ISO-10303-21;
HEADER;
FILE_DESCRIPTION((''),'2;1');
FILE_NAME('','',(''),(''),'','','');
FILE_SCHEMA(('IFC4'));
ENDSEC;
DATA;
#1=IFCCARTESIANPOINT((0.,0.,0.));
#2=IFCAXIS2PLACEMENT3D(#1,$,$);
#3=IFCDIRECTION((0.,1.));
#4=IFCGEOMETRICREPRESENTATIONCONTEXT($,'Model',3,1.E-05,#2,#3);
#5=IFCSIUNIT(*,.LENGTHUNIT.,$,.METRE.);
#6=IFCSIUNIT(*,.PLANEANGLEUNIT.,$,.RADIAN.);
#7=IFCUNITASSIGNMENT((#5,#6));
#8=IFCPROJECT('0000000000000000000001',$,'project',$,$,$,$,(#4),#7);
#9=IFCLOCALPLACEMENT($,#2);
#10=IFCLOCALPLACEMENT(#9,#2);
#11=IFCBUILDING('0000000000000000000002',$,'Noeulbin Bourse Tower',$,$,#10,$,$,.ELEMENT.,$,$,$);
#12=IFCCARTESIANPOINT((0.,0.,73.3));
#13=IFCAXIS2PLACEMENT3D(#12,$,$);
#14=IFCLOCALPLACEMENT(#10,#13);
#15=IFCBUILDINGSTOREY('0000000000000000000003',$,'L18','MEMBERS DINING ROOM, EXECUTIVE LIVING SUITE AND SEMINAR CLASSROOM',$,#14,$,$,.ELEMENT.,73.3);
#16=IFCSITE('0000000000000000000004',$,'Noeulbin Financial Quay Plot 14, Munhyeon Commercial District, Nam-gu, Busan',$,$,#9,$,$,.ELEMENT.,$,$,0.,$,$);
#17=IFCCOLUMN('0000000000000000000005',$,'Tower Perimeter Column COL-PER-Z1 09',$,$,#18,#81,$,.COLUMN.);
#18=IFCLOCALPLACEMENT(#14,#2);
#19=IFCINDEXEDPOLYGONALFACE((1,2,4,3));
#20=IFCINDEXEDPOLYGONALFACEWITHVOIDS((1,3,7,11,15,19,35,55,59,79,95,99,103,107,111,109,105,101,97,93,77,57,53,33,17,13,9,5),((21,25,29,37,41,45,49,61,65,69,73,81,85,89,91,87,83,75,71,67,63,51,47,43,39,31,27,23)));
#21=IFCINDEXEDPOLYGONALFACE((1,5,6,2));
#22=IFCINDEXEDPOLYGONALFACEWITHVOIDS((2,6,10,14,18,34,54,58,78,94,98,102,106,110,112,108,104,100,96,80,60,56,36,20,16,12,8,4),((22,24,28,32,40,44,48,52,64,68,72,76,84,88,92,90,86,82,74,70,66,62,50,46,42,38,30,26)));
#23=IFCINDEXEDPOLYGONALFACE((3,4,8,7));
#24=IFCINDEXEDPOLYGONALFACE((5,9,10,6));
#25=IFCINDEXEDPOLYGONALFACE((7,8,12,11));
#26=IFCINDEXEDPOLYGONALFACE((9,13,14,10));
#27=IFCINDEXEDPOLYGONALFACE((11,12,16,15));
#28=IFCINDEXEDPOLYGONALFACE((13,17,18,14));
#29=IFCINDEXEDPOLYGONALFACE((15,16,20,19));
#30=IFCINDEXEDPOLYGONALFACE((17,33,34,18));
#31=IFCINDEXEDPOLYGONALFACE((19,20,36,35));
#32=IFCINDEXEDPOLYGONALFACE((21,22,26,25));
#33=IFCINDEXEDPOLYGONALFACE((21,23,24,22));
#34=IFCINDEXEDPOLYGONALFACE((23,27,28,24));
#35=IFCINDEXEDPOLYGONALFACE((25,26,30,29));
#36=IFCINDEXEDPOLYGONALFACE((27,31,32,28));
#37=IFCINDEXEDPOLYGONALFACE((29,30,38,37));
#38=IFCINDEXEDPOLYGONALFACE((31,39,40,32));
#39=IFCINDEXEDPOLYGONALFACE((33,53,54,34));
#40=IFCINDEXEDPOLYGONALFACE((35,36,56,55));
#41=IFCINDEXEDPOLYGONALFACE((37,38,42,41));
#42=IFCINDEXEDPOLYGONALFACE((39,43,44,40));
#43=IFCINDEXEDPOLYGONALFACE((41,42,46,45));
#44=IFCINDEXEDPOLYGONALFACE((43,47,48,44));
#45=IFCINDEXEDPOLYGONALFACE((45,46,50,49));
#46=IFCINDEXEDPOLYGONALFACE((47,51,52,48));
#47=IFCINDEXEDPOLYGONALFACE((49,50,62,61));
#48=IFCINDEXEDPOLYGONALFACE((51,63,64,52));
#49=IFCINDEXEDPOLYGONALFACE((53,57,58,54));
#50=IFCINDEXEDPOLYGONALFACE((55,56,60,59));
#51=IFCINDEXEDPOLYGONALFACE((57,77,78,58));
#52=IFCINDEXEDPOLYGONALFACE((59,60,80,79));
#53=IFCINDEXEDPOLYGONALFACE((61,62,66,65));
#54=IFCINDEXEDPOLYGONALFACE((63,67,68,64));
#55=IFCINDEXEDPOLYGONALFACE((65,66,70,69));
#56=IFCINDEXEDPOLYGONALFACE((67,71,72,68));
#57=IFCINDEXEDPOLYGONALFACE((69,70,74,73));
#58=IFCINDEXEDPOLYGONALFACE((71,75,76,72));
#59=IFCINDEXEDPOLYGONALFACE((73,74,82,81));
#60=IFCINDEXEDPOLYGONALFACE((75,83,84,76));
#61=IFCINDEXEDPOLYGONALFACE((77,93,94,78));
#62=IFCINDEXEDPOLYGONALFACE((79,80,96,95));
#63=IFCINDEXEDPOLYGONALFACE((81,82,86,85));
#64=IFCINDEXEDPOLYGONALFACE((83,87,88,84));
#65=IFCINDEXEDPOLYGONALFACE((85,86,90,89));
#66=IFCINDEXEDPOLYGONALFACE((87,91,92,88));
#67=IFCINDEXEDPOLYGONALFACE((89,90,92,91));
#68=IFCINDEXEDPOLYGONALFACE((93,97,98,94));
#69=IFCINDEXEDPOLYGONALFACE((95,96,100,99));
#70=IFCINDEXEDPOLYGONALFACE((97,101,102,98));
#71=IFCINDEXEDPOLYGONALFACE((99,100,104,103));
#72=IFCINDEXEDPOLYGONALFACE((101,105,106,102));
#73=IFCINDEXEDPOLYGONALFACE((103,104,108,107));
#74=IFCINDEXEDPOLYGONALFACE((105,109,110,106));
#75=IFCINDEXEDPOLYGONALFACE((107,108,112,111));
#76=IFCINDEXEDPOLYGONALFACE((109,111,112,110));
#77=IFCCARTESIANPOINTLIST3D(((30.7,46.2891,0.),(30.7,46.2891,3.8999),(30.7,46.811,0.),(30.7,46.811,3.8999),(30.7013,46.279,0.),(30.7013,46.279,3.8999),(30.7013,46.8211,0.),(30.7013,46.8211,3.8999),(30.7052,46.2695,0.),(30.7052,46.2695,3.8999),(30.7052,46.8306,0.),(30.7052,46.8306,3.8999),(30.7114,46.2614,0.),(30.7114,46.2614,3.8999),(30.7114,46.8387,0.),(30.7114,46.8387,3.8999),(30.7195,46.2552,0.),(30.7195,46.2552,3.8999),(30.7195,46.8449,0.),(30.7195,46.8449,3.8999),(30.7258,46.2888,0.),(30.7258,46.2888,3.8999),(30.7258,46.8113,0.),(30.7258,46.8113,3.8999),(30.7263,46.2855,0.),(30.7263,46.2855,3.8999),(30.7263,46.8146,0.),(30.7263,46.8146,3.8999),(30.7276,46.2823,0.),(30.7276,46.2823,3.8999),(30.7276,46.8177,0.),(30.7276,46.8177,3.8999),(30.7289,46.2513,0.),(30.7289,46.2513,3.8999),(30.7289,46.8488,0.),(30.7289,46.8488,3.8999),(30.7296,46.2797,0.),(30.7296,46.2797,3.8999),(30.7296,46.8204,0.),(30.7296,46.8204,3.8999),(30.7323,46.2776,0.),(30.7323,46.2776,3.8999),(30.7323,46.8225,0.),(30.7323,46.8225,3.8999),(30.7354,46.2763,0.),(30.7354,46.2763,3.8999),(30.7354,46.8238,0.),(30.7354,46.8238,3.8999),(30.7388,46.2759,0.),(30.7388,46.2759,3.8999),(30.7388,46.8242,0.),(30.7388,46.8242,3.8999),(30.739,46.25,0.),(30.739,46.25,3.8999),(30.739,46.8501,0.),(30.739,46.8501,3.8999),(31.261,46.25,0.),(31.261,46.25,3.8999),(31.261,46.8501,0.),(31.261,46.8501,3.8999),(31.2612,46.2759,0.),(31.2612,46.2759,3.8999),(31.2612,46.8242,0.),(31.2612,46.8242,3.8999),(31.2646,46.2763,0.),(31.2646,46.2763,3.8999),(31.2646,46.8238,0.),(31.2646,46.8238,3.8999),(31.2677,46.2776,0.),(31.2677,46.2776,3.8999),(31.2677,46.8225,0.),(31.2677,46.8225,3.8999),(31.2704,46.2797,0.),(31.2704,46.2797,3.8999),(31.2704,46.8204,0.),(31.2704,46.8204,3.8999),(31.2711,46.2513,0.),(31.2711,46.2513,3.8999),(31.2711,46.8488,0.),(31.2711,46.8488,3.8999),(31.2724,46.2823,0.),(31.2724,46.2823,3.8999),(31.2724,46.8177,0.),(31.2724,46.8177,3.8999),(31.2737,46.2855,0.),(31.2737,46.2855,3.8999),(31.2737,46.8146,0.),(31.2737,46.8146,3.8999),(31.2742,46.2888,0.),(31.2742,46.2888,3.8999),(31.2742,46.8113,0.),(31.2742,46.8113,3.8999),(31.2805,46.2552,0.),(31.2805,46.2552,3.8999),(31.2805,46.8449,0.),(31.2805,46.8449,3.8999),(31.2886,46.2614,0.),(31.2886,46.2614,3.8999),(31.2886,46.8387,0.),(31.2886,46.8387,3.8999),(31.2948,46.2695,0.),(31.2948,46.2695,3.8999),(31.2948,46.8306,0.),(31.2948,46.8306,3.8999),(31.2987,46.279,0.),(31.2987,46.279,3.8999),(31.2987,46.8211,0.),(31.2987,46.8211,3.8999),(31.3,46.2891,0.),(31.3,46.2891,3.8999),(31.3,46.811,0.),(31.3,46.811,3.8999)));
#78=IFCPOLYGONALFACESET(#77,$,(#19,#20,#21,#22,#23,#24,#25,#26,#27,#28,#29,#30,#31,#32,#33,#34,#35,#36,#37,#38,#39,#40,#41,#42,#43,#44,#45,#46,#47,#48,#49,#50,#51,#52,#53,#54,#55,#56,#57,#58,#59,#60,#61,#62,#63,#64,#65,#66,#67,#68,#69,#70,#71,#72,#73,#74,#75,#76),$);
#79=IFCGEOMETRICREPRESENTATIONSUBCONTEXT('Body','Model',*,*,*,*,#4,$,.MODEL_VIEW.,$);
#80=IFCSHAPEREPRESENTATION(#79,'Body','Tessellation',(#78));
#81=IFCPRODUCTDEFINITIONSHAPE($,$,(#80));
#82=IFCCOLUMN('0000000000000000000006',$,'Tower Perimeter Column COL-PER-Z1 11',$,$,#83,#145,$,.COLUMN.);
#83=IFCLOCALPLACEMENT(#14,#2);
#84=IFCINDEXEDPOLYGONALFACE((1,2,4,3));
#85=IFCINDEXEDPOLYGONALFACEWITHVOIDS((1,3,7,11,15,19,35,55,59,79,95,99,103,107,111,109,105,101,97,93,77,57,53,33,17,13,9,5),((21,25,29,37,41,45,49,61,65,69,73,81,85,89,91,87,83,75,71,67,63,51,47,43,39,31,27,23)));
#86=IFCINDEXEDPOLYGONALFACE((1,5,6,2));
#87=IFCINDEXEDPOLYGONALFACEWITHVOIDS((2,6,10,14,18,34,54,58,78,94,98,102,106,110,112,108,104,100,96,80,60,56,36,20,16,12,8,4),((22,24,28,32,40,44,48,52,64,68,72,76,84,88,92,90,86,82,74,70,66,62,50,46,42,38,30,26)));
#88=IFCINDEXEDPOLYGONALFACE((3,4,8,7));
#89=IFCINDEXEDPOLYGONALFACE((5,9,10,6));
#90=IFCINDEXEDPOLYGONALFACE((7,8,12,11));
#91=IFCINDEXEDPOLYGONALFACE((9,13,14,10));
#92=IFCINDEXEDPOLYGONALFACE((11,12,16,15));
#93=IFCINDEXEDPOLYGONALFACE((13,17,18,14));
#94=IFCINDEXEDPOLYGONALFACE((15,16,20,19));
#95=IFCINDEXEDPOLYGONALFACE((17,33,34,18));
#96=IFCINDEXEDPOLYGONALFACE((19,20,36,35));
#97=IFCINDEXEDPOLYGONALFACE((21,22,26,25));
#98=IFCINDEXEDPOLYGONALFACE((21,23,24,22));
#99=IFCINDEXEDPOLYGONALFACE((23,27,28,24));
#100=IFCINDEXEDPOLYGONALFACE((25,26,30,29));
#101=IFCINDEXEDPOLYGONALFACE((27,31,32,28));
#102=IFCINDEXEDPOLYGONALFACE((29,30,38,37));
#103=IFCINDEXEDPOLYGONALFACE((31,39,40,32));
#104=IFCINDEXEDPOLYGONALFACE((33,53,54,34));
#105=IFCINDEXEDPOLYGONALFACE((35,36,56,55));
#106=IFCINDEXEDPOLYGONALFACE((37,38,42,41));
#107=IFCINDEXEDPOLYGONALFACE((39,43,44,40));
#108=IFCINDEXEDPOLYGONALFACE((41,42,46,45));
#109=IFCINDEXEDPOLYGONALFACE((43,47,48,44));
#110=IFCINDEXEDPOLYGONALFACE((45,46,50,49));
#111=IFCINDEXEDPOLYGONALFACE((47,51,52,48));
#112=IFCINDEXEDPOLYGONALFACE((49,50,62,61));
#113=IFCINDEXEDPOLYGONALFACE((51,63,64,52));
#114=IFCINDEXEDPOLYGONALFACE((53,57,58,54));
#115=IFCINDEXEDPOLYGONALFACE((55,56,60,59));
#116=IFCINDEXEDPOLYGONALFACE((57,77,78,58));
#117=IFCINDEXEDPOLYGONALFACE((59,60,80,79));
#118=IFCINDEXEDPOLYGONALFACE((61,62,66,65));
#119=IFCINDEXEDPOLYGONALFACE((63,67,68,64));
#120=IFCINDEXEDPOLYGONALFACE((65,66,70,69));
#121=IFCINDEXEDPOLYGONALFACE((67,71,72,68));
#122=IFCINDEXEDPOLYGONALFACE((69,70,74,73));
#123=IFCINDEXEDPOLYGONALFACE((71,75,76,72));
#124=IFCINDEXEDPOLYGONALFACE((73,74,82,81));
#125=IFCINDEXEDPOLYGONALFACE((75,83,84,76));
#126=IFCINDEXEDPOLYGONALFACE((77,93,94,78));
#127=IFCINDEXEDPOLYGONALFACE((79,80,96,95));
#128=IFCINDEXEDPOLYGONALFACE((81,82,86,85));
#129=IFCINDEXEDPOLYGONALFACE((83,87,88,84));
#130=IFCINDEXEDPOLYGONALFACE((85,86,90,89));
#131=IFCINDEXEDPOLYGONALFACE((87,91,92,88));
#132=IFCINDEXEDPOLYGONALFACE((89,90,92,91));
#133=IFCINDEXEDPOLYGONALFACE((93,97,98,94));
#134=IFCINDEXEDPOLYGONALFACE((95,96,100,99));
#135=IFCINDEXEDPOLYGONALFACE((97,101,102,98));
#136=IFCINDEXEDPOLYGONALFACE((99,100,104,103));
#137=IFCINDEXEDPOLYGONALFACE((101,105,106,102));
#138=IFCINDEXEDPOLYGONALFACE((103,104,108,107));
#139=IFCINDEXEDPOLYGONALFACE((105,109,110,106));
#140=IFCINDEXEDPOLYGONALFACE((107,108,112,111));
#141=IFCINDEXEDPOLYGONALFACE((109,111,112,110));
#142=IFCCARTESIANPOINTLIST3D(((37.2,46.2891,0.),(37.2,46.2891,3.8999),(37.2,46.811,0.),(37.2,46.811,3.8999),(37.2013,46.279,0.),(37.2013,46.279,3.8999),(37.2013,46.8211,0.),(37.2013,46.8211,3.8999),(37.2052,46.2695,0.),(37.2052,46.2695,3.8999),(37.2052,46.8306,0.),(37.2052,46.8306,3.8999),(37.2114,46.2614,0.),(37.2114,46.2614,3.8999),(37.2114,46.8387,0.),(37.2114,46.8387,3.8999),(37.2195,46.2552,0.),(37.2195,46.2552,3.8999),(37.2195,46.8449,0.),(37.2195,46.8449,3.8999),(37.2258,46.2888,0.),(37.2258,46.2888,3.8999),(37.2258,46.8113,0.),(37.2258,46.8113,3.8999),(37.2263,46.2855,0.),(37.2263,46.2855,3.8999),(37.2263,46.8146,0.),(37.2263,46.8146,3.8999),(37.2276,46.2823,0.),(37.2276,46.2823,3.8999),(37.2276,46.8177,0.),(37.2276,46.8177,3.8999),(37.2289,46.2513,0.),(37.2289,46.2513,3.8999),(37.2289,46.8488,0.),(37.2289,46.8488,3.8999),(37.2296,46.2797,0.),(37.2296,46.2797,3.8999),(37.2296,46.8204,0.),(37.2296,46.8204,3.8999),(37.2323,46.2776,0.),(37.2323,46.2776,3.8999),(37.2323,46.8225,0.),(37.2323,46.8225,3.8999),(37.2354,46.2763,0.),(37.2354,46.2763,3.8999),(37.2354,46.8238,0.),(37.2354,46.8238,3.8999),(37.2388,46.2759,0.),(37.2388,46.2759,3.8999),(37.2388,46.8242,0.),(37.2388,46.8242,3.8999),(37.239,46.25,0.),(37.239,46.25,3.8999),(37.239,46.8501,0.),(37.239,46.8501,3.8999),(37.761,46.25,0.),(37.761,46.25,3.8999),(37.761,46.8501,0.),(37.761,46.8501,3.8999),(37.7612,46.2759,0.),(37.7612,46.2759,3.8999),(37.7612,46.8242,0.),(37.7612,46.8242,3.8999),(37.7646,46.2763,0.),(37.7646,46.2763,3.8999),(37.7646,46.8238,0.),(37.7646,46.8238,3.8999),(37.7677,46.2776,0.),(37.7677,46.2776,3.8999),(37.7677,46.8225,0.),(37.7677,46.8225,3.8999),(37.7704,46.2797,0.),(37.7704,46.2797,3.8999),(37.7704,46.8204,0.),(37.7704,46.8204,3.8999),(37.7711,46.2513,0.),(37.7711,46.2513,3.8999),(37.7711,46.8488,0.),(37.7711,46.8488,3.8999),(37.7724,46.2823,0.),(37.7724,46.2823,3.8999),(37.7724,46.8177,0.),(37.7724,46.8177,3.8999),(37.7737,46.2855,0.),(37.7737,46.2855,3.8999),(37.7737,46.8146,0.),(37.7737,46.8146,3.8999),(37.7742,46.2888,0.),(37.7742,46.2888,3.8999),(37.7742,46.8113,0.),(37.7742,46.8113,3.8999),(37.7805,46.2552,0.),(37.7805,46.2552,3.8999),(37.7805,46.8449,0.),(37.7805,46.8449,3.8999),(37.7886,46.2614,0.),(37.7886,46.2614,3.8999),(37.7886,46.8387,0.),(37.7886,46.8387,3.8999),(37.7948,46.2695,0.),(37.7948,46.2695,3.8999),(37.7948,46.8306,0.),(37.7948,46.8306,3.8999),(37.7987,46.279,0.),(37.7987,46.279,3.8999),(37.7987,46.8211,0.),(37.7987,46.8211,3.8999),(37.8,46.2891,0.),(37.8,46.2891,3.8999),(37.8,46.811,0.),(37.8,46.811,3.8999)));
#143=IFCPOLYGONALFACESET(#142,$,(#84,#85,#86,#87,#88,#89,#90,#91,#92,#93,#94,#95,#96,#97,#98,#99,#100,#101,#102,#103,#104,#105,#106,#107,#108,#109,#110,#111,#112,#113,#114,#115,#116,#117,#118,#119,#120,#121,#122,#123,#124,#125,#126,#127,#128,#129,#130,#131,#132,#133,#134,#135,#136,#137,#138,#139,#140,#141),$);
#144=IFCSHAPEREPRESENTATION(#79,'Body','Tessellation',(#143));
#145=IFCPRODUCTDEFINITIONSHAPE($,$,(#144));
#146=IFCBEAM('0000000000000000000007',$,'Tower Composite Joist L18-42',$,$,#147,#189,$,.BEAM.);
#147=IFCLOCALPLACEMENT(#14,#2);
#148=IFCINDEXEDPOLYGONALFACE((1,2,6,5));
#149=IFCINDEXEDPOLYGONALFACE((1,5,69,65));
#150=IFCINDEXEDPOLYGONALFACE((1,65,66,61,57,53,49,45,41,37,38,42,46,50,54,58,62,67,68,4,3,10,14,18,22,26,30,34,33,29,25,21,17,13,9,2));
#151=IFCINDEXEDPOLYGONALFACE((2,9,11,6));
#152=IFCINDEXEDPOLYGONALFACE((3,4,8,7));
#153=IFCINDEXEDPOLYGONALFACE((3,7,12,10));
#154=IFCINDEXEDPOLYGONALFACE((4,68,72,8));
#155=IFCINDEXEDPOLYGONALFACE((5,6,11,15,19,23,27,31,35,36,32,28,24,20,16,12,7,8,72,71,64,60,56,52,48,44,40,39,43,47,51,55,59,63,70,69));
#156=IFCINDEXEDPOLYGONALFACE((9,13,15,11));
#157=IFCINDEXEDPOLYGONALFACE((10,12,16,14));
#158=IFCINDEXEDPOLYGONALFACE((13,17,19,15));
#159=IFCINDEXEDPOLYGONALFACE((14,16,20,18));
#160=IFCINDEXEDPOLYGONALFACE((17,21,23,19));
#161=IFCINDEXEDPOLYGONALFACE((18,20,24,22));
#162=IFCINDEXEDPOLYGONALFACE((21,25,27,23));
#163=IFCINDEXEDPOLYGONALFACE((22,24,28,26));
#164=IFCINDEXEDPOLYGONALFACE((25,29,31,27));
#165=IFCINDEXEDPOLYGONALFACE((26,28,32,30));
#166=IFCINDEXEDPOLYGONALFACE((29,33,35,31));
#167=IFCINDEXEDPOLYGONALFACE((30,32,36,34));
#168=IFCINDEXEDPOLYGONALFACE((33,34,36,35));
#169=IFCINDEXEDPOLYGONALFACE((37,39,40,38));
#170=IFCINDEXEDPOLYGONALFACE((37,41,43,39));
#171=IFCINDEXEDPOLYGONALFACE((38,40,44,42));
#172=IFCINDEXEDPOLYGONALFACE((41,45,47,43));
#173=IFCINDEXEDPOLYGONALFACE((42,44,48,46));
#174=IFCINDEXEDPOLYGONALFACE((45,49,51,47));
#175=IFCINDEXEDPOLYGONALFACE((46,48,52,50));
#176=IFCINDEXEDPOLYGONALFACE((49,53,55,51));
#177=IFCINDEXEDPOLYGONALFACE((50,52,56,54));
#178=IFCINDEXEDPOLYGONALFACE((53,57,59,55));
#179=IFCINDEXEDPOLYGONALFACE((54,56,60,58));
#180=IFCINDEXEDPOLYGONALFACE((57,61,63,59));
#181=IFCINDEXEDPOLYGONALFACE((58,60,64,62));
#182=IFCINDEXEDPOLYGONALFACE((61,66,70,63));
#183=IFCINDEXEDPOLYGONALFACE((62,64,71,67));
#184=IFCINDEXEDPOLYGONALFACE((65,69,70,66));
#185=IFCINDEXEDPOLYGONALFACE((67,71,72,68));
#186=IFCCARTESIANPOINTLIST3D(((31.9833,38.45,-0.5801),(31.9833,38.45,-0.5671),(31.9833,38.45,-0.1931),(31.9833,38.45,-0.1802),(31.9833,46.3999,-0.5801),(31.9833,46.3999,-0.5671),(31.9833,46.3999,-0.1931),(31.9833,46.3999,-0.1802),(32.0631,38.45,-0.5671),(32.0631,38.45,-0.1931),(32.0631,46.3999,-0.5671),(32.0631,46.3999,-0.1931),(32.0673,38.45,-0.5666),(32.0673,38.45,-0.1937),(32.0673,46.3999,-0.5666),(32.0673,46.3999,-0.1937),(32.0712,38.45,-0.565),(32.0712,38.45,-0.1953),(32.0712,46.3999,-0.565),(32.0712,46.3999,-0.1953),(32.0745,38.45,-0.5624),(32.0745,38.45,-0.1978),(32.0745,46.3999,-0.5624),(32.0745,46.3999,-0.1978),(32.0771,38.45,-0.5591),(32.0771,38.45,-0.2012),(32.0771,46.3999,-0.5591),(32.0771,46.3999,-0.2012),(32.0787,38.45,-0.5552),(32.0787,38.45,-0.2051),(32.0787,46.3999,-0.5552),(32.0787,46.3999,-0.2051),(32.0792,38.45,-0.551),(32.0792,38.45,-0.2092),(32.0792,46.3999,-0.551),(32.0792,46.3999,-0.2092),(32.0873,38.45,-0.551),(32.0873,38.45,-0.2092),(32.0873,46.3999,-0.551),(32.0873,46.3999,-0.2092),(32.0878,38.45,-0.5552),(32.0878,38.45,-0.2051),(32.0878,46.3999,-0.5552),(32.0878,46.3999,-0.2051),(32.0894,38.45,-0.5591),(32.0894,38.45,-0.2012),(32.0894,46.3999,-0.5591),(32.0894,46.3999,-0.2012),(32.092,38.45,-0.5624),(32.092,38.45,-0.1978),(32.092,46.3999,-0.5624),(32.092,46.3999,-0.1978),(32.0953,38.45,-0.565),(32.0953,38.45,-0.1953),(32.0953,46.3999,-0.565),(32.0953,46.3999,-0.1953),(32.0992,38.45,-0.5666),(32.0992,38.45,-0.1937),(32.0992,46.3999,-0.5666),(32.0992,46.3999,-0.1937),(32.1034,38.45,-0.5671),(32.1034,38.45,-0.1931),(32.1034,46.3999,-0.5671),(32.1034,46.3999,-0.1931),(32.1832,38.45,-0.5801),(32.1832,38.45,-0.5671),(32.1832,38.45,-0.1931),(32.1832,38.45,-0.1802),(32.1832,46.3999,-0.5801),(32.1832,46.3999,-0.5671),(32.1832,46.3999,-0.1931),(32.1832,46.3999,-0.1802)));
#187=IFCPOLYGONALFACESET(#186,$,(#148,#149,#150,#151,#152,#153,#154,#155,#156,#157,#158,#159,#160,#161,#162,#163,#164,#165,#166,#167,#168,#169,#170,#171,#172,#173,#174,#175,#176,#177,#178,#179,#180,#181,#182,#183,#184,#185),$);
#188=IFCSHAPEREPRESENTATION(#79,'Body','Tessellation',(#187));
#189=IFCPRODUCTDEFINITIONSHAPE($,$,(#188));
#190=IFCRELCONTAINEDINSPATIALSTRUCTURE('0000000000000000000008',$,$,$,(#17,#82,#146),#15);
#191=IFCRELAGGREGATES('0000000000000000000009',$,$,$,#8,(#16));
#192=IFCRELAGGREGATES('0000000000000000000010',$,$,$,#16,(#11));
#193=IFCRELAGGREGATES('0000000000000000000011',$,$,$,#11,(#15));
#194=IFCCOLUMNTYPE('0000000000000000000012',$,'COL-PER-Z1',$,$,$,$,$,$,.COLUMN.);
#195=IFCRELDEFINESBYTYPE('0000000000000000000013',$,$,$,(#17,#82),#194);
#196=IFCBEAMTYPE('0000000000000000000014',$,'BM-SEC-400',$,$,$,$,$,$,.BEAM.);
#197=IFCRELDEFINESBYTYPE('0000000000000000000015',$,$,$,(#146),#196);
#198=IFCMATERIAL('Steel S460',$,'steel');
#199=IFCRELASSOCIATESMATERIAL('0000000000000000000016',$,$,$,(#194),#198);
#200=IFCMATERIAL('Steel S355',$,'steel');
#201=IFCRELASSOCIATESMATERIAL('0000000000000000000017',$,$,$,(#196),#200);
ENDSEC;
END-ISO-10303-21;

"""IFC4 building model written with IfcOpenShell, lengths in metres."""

from ifc_helpers import new_model, si_unit, direction, frame, origin, origin_2d, place, context, subcontext, project, spatial, hollow_rectangle, i_section, extrude, material, material_profile, profile_set, type_object, element, save


model = new_model("IFC4")

# Units and contexts
model_context = context("Model", 3, precision=1e-05, world=origin(), true_north=direction((0.0, 1.0)))
body_context = subcontext(model_context, "Body", "Model", "MODEL_VIEW")
ifc_project = project(units=[si_unit("LENGTHUNIT", "METRE"), si_unit("PLANEANGLEUNIT", "RADIAN")], contexts=[model_context])

# Site, building, storey
site_placement = place(None, origin())
site = spatial("IfcSite", under=ifc_project, at=site_placement, Name="Noeulbin Financial Quay Plot 14, Munhyeon Commercial District, Nam-gu, Busan", CompositionType="ELEMENT", RefElevation=0.0)
building_placement = place(site_placement, origin())
building = spatial("IfcBuilding", under=site, at=building_placement, Name="Noeulbin Bourse Tower", CompositionType="ELEMENT")
storey_placement = place(building_placement, frame((0.0, 0.0, 73.3)))
storey = spatial("IfcBuildingStorey", under=building, at=storey_placement, Name="L18", Description="MEMBERS DINING ROOM, EXECUTIVE LIVING SUITE AND SEMINAR CLASSROOM", CompositionType="ELEMENT", Elevation=73.3)

# Columns
ifc_material_1 = material(Name="Steel S460", Category="steel")
ifc_material_profile_1 = material_profile(ifc_material_1, hollow_rectangle(XDim=0.6001, YDim=0.6001, WallThickness=0.0259, InnerFilletRadius=0.0129, OuterFilletRadius=0.0391, at=origin_2d()), Name="BOX-600x600x26", Category="LoadBearing")
ifc_profile_set_1 = profile_set([ifc_material_profile_1], Name="Steel S460")
column_type = type_object("IfcColumnType", Name="COL-PER-Z1", PredefinedType="COLUMN", material=ifc_profile_set_1)
for number, where, z_axis, x_axis, name in (
    (1, (31.0, 46.55, 0.0), (0.0, 0.0, 1.0), (1.0, 0.0, 0.0), "Tower Perimeter Column COL-PER-Z1 09"),
    (2, (37.5, 46.55, 0.0), (0.0, 0.0, 1.0), (1.0, 0.0, 0.0), "Tower Perimeter Column COL-PER-Z1 11"),
):
    element("IfcColumn", number, at=place(storey_placement, frame(where, z_axis=z_axis, x_axis=x_axis)), inside=storey, type_object=column_type, Name=name, PredefinedType="COLUMN", context=body_context, shape_type="SweptSolid", body=[
        extrude(hollow_rectangle(XDim=0.6001, YDim=0.6001, WallThickness=0.0259, InnerFilletRadius=0.0129, OuterFilletRadius=0.0391, at=origin_2d()), origin(), (0.0, 0.0, 1.0), 3.8999),
    ])

# Beam
ifc_material_2 = material(Name="Steel S355", Category="steel")
ifc_material_profile_2 = material_profile(ifc_material_2, i_section(OverallWidth=0.2, OverallDepth=0.3999, WebThickness=0.0081, FlangeThickness=0.0129, FilletRadius=0.0161, at=origin_2d()), Name="H-400x200x8x13", Category="LoadBearing")
ifc_profile_set_2 = profile_set([ifc_material_profile_2], Name="Steel S355")
beam_type_1 = type_object("IfcBeamType", Name="BM-SEC-400", PredefinedType="BEAM", material=ifc_profile_set_2)
for number, where, z_axis, x_axis, name in (
    (3, (32.0833, 38.45, -0.3801), (0.0, 1.0, 0.0), (-1.0, 0.0, 0.0), "Tower Composite Joist L18-42"),
):
    element("IfcBeam", number, at=place(storey_placement, frame(where, z_axis=z_axis, x_axis=x_axis)), inside=storey, type_object=beam_type_1, Name=name, PredefinedType="BEAM", context=body_context, shape_type="SweptSolid", body=[
        extrude(i_section(OverallWidth=0.2, OverallDepth=0.3999, WebThickness=0.0081, FlangeThickness=0.0129, FilletRadius=0.0161, at=origin_2d()), origin(), (0.0, 0.0, 1.0), 7.95),
    ])

save(model, "model.ifc")
